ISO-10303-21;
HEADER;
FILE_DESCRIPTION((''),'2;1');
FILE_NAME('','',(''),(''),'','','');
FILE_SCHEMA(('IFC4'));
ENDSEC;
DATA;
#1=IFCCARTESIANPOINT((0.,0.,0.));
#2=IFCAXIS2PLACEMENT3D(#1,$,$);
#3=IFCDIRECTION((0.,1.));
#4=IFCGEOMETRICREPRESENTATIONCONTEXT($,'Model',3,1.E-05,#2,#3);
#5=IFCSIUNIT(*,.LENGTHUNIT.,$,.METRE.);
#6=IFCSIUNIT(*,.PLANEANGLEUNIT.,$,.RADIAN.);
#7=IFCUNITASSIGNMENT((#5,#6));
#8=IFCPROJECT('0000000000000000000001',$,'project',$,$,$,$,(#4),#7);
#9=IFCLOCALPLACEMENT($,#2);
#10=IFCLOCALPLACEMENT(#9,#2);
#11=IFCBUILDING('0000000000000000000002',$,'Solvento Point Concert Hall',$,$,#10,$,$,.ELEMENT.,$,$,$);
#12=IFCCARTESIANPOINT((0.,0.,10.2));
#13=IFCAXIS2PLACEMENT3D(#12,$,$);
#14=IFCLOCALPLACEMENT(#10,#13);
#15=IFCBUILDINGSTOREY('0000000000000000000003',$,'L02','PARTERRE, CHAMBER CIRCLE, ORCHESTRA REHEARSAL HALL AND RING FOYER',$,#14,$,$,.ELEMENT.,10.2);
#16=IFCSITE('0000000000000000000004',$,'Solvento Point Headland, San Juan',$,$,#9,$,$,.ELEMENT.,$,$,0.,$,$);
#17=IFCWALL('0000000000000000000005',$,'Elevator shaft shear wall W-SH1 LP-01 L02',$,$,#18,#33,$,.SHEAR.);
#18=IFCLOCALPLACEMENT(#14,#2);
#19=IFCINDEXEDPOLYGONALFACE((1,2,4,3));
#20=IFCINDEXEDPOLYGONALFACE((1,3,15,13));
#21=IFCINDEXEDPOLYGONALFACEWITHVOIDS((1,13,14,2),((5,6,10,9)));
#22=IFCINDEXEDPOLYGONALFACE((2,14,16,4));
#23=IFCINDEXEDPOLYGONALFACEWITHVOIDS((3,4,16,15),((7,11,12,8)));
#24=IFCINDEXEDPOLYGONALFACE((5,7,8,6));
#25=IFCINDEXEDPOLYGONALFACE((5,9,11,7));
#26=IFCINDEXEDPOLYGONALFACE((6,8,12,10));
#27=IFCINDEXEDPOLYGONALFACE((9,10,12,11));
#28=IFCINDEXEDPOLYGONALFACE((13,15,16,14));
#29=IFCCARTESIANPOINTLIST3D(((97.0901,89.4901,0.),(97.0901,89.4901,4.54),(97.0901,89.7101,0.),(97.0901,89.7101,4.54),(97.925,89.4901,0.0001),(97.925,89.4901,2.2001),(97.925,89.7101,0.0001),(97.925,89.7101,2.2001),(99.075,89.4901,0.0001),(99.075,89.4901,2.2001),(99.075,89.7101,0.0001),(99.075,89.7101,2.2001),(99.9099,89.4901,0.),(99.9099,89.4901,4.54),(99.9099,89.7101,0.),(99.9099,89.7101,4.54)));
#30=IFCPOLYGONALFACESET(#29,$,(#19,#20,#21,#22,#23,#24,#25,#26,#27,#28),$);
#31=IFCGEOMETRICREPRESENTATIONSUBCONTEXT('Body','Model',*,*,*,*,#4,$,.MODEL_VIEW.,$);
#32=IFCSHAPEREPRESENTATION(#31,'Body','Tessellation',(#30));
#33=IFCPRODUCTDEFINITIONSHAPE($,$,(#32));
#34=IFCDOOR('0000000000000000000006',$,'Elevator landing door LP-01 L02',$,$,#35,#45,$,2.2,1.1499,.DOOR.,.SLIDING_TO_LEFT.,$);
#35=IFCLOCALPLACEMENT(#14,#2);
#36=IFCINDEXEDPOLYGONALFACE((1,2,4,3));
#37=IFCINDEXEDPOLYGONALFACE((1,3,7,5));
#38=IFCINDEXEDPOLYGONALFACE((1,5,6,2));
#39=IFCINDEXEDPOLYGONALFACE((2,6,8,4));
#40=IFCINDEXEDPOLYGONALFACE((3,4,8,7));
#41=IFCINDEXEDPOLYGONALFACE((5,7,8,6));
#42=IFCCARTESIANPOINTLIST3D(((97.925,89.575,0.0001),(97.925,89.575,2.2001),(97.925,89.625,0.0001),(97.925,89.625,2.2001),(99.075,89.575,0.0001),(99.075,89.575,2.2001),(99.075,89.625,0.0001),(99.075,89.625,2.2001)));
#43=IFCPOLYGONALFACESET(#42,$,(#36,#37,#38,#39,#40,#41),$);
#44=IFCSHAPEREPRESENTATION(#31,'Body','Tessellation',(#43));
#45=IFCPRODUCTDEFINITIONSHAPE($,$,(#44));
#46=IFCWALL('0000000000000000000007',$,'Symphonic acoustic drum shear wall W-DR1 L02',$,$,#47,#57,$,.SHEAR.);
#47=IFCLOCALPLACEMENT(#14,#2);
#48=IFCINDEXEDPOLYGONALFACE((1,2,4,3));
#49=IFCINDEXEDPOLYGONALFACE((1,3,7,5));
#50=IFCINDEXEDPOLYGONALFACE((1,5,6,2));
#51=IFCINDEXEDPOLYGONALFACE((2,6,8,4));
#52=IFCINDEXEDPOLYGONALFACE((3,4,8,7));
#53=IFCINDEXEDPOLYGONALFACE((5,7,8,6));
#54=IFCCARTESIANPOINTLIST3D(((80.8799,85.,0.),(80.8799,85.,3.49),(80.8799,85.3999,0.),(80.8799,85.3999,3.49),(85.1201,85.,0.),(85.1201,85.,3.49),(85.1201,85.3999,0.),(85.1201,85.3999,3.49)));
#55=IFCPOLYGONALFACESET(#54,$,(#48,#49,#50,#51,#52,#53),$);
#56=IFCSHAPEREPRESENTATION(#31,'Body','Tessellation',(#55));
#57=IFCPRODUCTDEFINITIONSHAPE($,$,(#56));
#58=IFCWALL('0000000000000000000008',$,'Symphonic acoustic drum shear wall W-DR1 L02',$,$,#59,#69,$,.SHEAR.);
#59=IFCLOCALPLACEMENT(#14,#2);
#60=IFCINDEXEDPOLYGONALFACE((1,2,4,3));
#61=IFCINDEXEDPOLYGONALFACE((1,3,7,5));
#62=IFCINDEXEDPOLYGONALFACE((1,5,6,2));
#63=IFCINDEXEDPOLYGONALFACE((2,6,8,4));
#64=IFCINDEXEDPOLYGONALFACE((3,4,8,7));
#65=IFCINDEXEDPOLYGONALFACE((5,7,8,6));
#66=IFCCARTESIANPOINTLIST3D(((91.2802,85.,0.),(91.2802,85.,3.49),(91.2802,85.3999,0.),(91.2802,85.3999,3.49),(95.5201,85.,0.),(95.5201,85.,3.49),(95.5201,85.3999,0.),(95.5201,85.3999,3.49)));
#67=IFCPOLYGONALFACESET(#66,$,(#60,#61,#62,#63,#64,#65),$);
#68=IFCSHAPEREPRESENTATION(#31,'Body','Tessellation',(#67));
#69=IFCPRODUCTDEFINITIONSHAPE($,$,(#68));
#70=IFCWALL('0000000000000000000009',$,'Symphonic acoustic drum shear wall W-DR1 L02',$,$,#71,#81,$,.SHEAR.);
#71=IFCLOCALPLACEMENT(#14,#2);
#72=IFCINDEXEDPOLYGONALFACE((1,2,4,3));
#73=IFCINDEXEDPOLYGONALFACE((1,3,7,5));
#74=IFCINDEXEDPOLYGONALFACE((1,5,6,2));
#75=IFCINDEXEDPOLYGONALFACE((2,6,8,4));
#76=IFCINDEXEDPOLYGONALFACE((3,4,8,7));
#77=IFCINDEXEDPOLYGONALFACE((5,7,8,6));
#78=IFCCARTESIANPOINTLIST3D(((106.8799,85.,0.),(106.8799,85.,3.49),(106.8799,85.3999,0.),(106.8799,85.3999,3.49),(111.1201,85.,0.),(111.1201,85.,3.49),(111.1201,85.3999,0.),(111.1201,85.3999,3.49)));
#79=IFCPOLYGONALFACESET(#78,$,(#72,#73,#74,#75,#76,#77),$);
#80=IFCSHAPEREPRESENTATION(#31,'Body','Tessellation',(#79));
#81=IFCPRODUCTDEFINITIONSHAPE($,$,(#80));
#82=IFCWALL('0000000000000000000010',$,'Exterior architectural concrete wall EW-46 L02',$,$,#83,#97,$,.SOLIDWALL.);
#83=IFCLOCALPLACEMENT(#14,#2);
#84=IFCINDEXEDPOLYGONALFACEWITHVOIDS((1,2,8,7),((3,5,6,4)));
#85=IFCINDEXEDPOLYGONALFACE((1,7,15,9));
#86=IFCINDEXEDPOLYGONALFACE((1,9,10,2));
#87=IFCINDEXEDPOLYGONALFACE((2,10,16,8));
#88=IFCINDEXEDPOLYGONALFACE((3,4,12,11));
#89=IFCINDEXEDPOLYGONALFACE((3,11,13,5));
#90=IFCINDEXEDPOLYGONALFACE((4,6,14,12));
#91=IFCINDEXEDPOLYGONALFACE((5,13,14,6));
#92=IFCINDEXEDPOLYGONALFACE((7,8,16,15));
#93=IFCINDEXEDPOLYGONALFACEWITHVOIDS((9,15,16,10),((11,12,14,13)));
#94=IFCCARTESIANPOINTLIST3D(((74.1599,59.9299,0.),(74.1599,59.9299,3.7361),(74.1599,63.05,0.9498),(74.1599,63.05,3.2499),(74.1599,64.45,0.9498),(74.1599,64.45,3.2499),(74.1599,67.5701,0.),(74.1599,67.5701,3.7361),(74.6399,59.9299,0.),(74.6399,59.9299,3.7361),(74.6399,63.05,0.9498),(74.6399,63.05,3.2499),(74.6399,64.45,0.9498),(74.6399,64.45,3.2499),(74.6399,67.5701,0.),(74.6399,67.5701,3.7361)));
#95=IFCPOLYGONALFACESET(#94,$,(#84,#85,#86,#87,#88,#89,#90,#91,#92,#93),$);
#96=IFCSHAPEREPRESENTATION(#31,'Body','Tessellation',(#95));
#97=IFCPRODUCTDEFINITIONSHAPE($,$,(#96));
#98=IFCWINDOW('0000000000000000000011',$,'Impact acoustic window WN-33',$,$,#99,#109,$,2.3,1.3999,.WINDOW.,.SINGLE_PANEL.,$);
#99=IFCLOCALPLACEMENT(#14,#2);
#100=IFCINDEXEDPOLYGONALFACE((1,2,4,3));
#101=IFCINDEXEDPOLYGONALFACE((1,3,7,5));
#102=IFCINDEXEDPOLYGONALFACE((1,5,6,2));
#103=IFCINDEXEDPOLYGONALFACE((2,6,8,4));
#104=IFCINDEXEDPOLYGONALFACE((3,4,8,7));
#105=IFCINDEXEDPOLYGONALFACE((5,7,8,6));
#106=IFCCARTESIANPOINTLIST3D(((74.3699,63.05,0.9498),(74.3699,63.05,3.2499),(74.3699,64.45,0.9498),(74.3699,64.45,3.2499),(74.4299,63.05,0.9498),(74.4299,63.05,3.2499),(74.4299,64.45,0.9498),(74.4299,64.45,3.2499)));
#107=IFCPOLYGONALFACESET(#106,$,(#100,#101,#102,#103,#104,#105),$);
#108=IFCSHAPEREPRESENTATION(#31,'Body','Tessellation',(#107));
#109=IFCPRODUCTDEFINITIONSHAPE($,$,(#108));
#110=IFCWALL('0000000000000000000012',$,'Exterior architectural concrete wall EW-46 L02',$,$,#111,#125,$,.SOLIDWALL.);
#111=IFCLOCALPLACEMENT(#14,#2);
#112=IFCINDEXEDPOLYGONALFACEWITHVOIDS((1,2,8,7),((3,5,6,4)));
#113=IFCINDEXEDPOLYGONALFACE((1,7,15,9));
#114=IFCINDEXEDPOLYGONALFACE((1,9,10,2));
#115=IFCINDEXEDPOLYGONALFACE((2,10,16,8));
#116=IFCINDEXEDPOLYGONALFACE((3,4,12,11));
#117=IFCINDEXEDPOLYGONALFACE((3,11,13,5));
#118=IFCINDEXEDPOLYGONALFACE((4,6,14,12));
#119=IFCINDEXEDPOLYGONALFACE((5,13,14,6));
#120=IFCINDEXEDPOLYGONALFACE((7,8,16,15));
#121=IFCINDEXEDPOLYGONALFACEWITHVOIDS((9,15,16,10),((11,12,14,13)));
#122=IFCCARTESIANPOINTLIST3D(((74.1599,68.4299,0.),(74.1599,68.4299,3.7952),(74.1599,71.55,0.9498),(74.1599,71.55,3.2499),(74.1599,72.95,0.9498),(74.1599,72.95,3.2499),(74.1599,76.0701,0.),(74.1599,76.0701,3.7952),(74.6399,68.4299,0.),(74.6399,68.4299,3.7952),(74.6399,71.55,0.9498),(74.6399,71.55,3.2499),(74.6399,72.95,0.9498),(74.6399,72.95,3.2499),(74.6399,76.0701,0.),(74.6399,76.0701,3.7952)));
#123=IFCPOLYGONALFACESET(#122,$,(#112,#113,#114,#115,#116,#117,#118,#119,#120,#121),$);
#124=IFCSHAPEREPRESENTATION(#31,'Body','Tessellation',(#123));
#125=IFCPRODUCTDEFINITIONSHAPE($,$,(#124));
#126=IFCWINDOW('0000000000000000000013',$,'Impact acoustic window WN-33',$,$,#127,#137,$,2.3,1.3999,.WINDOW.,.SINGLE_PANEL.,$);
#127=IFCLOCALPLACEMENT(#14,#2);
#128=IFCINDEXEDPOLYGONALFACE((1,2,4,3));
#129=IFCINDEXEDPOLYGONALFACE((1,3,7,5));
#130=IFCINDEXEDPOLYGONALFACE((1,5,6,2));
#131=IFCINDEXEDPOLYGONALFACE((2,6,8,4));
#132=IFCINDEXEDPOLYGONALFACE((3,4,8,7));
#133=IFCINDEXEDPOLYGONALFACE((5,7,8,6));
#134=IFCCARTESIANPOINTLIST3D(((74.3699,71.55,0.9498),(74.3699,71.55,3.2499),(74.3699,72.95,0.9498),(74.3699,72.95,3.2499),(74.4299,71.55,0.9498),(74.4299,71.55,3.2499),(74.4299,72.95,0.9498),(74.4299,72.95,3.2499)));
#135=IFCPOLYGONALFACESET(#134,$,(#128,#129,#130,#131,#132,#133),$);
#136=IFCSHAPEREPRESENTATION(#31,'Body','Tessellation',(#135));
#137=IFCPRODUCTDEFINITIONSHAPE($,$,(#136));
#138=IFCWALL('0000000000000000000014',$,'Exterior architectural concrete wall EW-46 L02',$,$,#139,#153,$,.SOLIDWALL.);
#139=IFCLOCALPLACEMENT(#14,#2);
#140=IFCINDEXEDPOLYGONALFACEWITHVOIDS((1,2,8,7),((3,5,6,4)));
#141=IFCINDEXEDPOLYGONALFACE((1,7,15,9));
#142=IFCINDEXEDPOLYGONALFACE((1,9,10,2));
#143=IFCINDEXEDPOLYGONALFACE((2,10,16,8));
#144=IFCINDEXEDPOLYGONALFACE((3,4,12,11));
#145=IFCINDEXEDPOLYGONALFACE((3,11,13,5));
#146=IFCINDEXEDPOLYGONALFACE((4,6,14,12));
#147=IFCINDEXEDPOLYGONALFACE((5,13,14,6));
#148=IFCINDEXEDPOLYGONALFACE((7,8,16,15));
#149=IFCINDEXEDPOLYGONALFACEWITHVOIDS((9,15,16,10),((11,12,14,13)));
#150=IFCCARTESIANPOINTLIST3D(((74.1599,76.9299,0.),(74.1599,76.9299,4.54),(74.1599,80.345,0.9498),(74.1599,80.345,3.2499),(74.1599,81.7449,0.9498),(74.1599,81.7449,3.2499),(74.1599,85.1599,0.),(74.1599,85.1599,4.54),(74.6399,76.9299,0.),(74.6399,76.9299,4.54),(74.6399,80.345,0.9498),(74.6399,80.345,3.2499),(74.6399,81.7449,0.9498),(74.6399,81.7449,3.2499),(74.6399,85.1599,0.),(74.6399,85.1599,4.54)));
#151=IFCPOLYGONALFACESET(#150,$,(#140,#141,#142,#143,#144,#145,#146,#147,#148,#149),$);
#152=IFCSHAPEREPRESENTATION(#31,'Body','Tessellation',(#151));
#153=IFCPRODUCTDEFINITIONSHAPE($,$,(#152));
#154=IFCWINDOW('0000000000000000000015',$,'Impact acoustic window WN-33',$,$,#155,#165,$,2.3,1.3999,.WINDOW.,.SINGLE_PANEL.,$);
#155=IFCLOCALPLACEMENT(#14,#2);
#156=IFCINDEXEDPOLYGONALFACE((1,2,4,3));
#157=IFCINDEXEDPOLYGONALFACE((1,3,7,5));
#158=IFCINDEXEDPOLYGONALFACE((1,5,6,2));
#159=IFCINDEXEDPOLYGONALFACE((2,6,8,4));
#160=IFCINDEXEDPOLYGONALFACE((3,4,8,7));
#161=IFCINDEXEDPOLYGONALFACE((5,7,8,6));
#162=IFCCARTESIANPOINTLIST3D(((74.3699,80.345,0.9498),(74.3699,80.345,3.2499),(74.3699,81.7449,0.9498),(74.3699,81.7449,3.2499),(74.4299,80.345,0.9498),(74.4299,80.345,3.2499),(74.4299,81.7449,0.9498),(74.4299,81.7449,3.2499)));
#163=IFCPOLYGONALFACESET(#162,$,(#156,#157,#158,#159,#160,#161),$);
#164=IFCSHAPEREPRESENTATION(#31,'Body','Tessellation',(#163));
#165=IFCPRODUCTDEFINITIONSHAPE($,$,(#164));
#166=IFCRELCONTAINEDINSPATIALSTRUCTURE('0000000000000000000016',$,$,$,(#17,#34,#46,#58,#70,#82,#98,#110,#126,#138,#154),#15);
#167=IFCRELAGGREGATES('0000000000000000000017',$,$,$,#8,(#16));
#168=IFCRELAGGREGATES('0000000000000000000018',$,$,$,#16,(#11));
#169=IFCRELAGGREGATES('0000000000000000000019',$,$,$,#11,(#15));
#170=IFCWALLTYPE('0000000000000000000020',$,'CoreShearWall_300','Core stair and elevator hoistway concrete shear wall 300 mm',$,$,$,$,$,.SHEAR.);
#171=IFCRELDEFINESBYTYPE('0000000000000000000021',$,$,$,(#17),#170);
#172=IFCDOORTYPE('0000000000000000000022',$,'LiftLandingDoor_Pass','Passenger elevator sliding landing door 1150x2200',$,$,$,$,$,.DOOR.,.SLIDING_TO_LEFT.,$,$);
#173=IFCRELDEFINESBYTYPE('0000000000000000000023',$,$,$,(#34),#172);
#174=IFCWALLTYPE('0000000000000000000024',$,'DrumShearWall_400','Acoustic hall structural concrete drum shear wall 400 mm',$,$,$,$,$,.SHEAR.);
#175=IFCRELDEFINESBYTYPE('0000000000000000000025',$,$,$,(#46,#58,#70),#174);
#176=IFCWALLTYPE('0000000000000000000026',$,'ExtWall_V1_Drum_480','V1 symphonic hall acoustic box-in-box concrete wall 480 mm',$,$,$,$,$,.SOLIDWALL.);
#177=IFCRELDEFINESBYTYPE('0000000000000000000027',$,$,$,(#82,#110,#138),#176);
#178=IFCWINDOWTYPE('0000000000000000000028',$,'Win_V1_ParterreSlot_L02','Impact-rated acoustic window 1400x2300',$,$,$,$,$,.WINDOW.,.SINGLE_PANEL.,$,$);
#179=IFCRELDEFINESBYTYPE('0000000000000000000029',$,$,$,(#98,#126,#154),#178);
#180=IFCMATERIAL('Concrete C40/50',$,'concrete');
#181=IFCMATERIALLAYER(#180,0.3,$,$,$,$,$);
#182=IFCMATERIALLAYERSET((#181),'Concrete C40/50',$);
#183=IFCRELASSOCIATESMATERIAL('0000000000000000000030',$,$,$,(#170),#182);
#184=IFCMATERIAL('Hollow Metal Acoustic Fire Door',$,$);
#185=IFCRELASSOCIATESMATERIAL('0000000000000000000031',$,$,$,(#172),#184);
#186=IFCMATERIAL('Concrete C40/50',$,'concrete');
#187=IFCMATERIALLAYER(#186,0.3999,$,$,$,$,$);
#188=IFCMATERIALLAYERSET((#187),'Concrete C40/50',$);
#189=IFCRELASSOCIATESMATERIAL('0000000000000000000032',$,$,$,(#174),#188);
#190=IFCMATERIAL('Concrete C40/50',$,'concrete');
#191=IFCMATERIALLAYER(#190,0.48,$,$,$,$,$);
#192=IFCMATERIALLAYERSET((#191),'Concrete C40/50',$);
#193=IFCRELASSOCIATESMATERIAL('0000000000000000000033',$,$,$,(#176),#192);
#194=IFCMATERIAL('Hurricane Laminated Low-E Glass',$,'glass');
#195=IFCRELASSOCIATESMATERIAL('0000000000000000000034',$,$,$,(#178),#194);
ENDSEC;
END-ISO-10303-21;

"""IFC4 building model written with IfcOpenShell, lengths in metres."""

from ifc_helpers import new_model, si_unit, direction, frame, frame_2d, origin, place, context, subcontext, project, spatial, rectangle, extrude, material, layer, layer_set, type_object, element, fill, save


model = new_model("IFC4")

# Units and contexts
model_context = context("Model", 3, precision=1e-05, world=origin(), true_north=direction((0.0, 1.0)))
body_context = subcontext(model_context, "Body", "Model", "MODEL_VIEW")
ifc_project = project(units=[si_unit("LENGTHUNIT", "METRE"), si_unit("PLANEANGLEUNIT", "RADIAN")], contexts=[model_context])

# Site, building, storey
site_placement = place(None, origin())
site = spatial("IfcSite", under=ifc_project, at=site_placement, Name="Solvento Point Headland, San Juan", CompositionType="ELEMENT", RefElevation=0.0)
building_placement = place(site_placement, origin())
building = spatial("IfcBuilding", under=site, at=building_placement, Name="Solvento Point Concert Hall", CompositionType="ELEMENT")
storey_placement = place(building_placement, frame((0.0, 0.0, 10.2)))
storey = spatial("IfcBuildingStorey", under=building, at=storey_placement, Name="L02", Description="PARTERRE, CHAMBER CIRCLE, ORCHESTRA REHEARSAL HALL AND RING FOYER", CompositionType="ELEMENT", Elevation=10.2)

# Wall, opening, door
ifc_material_1 = material(Name="Concrete C40/50", Category="concrete")
ifc_layer_1 = layer(ifc_material_1, 0.3)
ifc_layer_set_1 = layer_set([ifc_layer_1], Name="Concrete C40/50")
wall_type_1 = type_object("IfcWallType", Name="CoreShearWall_300", Description="Core stair and elevator hoistway concrete shear wall 300 mm", PredefinedType="SHEAR", material=ifc_layer_set_1)
wall_1_placement = place(storey_placement, frame((97.0901, 89.6001, 0.0), z_axis=(0.0, 0.0, 1.0), x_axis=(1.0, 0.0, 0.0)))
wall_1 = element("IfcWall", 1, at=wall_1_placement, inside=storey, type_object=wall_type_1, Name="Elevator shaft shear wall W-SH1 LP-01 L02", PredefinedType="SHEAR", context=body_context, shape_type="SweptSolid", body=[
    extrude(rectangle(XDim=2.8198, YDim=0.22, at=frame_2d((1.4099, 0.0))), origin(), (0.0, 0.0, 1.0), 4.54),
])
opening_1_placement = place(wall_1_placement, frame((0.835, 0.0, 0.0)))
opening_1 = element("IfcOpeningElement", 2, at=opening_1_placement, cuts=wall_1, PredefinedType="OPENING", context=body_context, shape_type="SweptSolid", body=[
    extrude(rectangle(XDim=1.1499, YDim=2.2, at=frame_2d((0.575, 1.1001))), frame((0.0, 0.1199, 0.0), z_axis=(0.0, -1.0, 0.0), x_axis=(1.0, 0.0, 0.0)), (0.0, 0.0, 1.0), 0.24),
])
ifc_material_2 = material(Name="Hollow Metal Acoustic Fire Door")
door_type_1 = type_object("IfcDoorType", Name="LiftLandingDoor_Pass", Description="Passenger elevator sliding landing door 1150x2200", OperationType="SLIDING_TO_LEFT", PredefinedType="DOOR", material=ifc_material_2)
door_1_placement = place(opening_1_placement, origin())
door_1 = element("IfcDoor", 3, at=door_1_placement, inside=storey, type_object=door_type_1, Name="Elevator landing door LP-01 L02", OperationType="SLIDING_TO_LEFT", OverallHeight=2.2, OverallWidth=1.1499, PredefinedType="DOOR", context=body_context, shape_type="SweptSolid", body=[
    extrude(rectangle(XDim=1.1499, YDim=2.2, at=frame_2d((0.575, 1.1001))), frame((0.0, 0.0249, 0.0), z_axis=(0.0, -1.0, 0.0), x_axis=(1.0, 0.0, 0.0)), (0.0, 0.0, 1.0), 0.05),
])
fill(opening_1, door_1)

# Walls
ifc_material_3 = material(Name="Concrete C40/50", Category="concrete")
ifc_layer_2 = layer(ifc_material_3, 0.3999)
ifc_layer_set_2 = layer_set([ifc_layer_2], Name="Concrete C40/50")
wall_type_2 = type_object("IfcWallType", Name="DrumShearWall_400", Description="Acoustic hall structural concrete drum shear wall 400 mm", PredefinedType="SHEAR", material=ifc_layer_set_2)
wall_2_placement = place(storey_placement, frame((80.8799, 85.2, 0.0), z_axis=(0.0, 0.0, 1.0), x_axis=(1.0, 0.0, 0.0)))
element("IfcWall", 4, at=wall_2_placement, inside=storey, type_object=wall_type_2, Name="Symphonic acoustic drum shear wall W-DR1 L02", PredefinedType="SHEAR", context=body_context, shape_type="SweptSolid", body=[
    extrude(rectangle(XDim=4.2402, YDim=0.3999, at=frame_2d((2.1201, 0.0))), origin(), (0.0, 0.0, 1.0), 3.49),
])
wall_3_placement = place(storey_placement, frame((91.28, 85.2, 0.0), z_axis=(0.0, 0.0, 1.0), x_axis=(1.0, 0.0, 0.0)))
element("IfcWall", 5, at=wall_3_placement, inside=storey, type_object=wall_type_2, Name="Symphonic acoustic drum shear wall W-DR1 L02", PredefinedType="SHEAR", context=body_context, shape_type="SweptSolid", body=[
    extrude(rectangle(XDim=4.24, YDim=0.3999, at=frame_2d((2.1201, 0.0))), origin(), (0.0, 0.0, 1.0), 3.49),
])
wall_4_placement = place(storey_placement, frame((106.8799, 85.2, 0.0), z_axis=(0.0, 0.0, 1.0), x_axis=(1.0, 0.0, 0.0)))
element("IfcWall", 6, at=wall_4_placement, inside=storey, type_object=wall_type_2, Name="Symphonic acoustic drum shear wall W-DR1 L02", PredefinedType="SHEAR", context=body_context, shape_type="SweptSolid", body=[
    extrude(rectangle(XDim=4.2402, YDim=0.3999, at=frame_2d((2.1201, 0.0))), origin(), (0.0, 0.0, 1.0), 3.49),
])

# Walls, openings, windows
ifc_material_4 = material(Name="Concrete C40/50", Category="concrete")
ifc_layer_3 = layer(ifc_material_4, 0.48)
ifc_layer_set_3 = layer_set([ifc_layer_3], Name="Concrete C40/50")
wall_type_3 = type_object("IfcWallType", Name="ExtWall_V1_Drum_480", Description="V1 symphonic hall acoustic box-in-box concrete wall 480 mm", PredefinedType="SOLIDWALL", material=ifc_layer_set_3)
wall_5_placement = place(storey_placement, frame((74.3999, 59.9299, 0.0), z_axis=(0.0, 0.0, 1.0), x_axis=(0.0, 1.0, 0.0)))
wall_5 = element("IfcWall", 7, at=wall_5_placement, inside=storey, type_object=wall_type_3, Name="Exterior architectural concrete wall EW-46 L02", PredefinedType="SOLIDWALL", context=body_context, shape_type="SweptSolid", body=[
    extrude(rectangle(XDim=7.6401, YDim=0.48, at=frame_2d((3.8201, 0.0))), origin(), (0.0, 0.0, 1.0), 3.7361),
])
opening_2_placement = place(wall_5_placement, frame((3.1201, 0.0, 0.95)))
opening_2 = element("IfcOpeningElement", 8, at=opening_2_placement, cuts=wall_5, PredefinedType="OPENING", context=body_context, shape_type="SweptSolid", body=[
    extrude(rectangle(XDim=1.3999, YDim=2.3, at=frame_2d((0.7, 1.1499))), frame((0.0, 0.25, 0.0), z_axis=(0.0, -1.0, 0.0), x_axis=(1.0, 0.0, 0.0)), (0.0, 0.0, 1.0), 0.5),
])
ifc_material_5 = material(Name="Hurricane Laminated Low-E Glass", Category="glass")
window_type = type_object("IfcWindowType", Name="Win_V1_ParterreSlot_L02", Description="Impact-rated acoustic window 1400x2300", PartitioningType="SINGLE_PANEL", PredefinedType="WINDOW", material=ifc_material_5)
window_1_placement = place(opening_2_placement, origin())
window_1 = element("IfcWindow", 9, at=window_1_placement, inside=storey, type_object=window_type, Name="Impact acoustic window WN-33", OverallHeight=2.3, OverallWidth=1.3999, PartitioningType="SINGLE_PANEL", PredefinedType="WINDOW", context=body_context, shape_type="SweptSolid", body=[
    extrude(rectangle(XDim=1.3999, YDim=2.3, at=frame_2d((0.7, 1.1499))), frame((0.0, 0.03, 0.0), z_axis=(0.0, -1.0, 0.0), x_axis=(1.0, 0.0, 0.0)), (0.0, 0.0, 1.0), 0.0601),
])
fill(opening_2, window_1)
wall_6_placement = place(storey_placement, frame((74.3999, 68.4299, 0.0), z_axis=(0.0, 0.0, 1.0), x_axis=(0.0, 1.0, 0.0)))
wall_6 = element("IfcWall", 10, at=wall_6_placement, inside=storey, type_object=wall_type_3, Name="Exterior architectural concrete wall EW-46 L02", PredefinedType="SOLIDWALL", context=body_context, shape_type="SweptSolid", body=[
    extrude(rectangle(XDim=7.6401, YDim=0.48, at=frame_2d((3.8201, 0.0))), origin(), (0.0, 0.0, 1.0), 3.7952),
])
opening_3_placement = place(wall_6_placement, frame((3.1201, 0.0, 0.95)))
opening_3 = element("IfcOpeningElement", 11, at=opening_3_placement, cuts=wall_6, PredefinedType="OPENING", context=body_context, shape_type="SweptSolid", body=[
    extrude(rectangle(XDim=1.3999, YDim=2.3, at=frame_2d((0.7, 1.1499))), frame((0.0, 0.25, 0.0), z_axis=(0.0, -1.0, 0.0), x_axis=(1.0, 0.0, 0.0)), (0.0, 0.0, 1.0), 0.5),
])
window_2_placement = place(opening_3_placement, origin())
window_2 = element("IfcWindow", 12, at=window_2_placement, inside=storey, type_object=window_type, Name="Impact acoustic window WN-33", OverallHeight=2.3, OverallWidth=1.3999, PartitioningType="SINGLE_PANEL", PredefinedType="WINDOW", context=body_context, shape_type="SweptSolid", body=[
    extrude(rectangle(XDim=1.3999, YDim=2.3, at=frame_2d((0.7, 1.1499))), frame((0.0, 0.03, 0.0), z_axis=(0.0, -1.0, 0.0), x_axis=(1.0, 0.0, 0.0)), (0.0, 0.0, 1.0), 0.0601),
])
fill(opening_3, window_2)
wall_7_placement = place(storey_placement, frame((74.3999, 76.9299, 0.0), z_axis=(0.0, 0.0, 1.0), x_axis=(0.0, 1.0, 0.0)))
wall_7 = element("IfcWall", 13, at=wall_7_placement, inside=storey, type_object=wall_type_3, Name="Exterior architectural concrete wall EW-46 L02", PredefinedType="SOLIDWALL", context=body_context, shape_type="SweptSolid", body=[
    extrude(rectangle(XDim=8.23, YDim=0.48, at=frame_2d((4.115, 0.0))), origin(), (0.0, 0.0, 1.0), 4.54),
])
opening_4_placement = place(wall_7_placement, frame((3.415, 0.0, 0.95)))
opening_4 = element("IfcOpeningElement", 14, at=opening_4_placement, cuts=wall_7, PredefinedType="OPENING", context=body_context, shape_type="SweptSolid", body=[
    extrude(rectangle(XDim=1.3999, YDim=2.3, at=frame_2d((0.7, 1.1499))), frame((0.0, 0.25, 0.0), z_axis=(0.0, -1.0, 0.0), x_axis=(1.0, 0.0, 0.0)), (0.0, 0.0, 1.0), 0.5),
])
window_3_placement = place(opening_4_placement, origin())
window_3 = element("IfcWindow", 15, at=window_3_placement, inside=storey, type_object=window_type, Name="Impact acoustic window WN-33", OverallHeight=2.3, OverallWidth=1.3999, PartitioningType="SINGLE_PANEL", PredefinedType="WINDOW", context=body_context, shape_type="SweptSolid", body=[
    extrude(rectangle(XDim=1.3999, YDim=2.3, at=frame_2d((0.7, 1.1499))), frame((0.0, 0.03, 0.0), z_axis=(0.0, -1.0, 0.0), x_axis=(1.0, 0.0, 0.0)), (0.0, 0.0, 1.0), 0.0601),
])
fill(opening_4, window_3)

save(model, "model.ifc")
